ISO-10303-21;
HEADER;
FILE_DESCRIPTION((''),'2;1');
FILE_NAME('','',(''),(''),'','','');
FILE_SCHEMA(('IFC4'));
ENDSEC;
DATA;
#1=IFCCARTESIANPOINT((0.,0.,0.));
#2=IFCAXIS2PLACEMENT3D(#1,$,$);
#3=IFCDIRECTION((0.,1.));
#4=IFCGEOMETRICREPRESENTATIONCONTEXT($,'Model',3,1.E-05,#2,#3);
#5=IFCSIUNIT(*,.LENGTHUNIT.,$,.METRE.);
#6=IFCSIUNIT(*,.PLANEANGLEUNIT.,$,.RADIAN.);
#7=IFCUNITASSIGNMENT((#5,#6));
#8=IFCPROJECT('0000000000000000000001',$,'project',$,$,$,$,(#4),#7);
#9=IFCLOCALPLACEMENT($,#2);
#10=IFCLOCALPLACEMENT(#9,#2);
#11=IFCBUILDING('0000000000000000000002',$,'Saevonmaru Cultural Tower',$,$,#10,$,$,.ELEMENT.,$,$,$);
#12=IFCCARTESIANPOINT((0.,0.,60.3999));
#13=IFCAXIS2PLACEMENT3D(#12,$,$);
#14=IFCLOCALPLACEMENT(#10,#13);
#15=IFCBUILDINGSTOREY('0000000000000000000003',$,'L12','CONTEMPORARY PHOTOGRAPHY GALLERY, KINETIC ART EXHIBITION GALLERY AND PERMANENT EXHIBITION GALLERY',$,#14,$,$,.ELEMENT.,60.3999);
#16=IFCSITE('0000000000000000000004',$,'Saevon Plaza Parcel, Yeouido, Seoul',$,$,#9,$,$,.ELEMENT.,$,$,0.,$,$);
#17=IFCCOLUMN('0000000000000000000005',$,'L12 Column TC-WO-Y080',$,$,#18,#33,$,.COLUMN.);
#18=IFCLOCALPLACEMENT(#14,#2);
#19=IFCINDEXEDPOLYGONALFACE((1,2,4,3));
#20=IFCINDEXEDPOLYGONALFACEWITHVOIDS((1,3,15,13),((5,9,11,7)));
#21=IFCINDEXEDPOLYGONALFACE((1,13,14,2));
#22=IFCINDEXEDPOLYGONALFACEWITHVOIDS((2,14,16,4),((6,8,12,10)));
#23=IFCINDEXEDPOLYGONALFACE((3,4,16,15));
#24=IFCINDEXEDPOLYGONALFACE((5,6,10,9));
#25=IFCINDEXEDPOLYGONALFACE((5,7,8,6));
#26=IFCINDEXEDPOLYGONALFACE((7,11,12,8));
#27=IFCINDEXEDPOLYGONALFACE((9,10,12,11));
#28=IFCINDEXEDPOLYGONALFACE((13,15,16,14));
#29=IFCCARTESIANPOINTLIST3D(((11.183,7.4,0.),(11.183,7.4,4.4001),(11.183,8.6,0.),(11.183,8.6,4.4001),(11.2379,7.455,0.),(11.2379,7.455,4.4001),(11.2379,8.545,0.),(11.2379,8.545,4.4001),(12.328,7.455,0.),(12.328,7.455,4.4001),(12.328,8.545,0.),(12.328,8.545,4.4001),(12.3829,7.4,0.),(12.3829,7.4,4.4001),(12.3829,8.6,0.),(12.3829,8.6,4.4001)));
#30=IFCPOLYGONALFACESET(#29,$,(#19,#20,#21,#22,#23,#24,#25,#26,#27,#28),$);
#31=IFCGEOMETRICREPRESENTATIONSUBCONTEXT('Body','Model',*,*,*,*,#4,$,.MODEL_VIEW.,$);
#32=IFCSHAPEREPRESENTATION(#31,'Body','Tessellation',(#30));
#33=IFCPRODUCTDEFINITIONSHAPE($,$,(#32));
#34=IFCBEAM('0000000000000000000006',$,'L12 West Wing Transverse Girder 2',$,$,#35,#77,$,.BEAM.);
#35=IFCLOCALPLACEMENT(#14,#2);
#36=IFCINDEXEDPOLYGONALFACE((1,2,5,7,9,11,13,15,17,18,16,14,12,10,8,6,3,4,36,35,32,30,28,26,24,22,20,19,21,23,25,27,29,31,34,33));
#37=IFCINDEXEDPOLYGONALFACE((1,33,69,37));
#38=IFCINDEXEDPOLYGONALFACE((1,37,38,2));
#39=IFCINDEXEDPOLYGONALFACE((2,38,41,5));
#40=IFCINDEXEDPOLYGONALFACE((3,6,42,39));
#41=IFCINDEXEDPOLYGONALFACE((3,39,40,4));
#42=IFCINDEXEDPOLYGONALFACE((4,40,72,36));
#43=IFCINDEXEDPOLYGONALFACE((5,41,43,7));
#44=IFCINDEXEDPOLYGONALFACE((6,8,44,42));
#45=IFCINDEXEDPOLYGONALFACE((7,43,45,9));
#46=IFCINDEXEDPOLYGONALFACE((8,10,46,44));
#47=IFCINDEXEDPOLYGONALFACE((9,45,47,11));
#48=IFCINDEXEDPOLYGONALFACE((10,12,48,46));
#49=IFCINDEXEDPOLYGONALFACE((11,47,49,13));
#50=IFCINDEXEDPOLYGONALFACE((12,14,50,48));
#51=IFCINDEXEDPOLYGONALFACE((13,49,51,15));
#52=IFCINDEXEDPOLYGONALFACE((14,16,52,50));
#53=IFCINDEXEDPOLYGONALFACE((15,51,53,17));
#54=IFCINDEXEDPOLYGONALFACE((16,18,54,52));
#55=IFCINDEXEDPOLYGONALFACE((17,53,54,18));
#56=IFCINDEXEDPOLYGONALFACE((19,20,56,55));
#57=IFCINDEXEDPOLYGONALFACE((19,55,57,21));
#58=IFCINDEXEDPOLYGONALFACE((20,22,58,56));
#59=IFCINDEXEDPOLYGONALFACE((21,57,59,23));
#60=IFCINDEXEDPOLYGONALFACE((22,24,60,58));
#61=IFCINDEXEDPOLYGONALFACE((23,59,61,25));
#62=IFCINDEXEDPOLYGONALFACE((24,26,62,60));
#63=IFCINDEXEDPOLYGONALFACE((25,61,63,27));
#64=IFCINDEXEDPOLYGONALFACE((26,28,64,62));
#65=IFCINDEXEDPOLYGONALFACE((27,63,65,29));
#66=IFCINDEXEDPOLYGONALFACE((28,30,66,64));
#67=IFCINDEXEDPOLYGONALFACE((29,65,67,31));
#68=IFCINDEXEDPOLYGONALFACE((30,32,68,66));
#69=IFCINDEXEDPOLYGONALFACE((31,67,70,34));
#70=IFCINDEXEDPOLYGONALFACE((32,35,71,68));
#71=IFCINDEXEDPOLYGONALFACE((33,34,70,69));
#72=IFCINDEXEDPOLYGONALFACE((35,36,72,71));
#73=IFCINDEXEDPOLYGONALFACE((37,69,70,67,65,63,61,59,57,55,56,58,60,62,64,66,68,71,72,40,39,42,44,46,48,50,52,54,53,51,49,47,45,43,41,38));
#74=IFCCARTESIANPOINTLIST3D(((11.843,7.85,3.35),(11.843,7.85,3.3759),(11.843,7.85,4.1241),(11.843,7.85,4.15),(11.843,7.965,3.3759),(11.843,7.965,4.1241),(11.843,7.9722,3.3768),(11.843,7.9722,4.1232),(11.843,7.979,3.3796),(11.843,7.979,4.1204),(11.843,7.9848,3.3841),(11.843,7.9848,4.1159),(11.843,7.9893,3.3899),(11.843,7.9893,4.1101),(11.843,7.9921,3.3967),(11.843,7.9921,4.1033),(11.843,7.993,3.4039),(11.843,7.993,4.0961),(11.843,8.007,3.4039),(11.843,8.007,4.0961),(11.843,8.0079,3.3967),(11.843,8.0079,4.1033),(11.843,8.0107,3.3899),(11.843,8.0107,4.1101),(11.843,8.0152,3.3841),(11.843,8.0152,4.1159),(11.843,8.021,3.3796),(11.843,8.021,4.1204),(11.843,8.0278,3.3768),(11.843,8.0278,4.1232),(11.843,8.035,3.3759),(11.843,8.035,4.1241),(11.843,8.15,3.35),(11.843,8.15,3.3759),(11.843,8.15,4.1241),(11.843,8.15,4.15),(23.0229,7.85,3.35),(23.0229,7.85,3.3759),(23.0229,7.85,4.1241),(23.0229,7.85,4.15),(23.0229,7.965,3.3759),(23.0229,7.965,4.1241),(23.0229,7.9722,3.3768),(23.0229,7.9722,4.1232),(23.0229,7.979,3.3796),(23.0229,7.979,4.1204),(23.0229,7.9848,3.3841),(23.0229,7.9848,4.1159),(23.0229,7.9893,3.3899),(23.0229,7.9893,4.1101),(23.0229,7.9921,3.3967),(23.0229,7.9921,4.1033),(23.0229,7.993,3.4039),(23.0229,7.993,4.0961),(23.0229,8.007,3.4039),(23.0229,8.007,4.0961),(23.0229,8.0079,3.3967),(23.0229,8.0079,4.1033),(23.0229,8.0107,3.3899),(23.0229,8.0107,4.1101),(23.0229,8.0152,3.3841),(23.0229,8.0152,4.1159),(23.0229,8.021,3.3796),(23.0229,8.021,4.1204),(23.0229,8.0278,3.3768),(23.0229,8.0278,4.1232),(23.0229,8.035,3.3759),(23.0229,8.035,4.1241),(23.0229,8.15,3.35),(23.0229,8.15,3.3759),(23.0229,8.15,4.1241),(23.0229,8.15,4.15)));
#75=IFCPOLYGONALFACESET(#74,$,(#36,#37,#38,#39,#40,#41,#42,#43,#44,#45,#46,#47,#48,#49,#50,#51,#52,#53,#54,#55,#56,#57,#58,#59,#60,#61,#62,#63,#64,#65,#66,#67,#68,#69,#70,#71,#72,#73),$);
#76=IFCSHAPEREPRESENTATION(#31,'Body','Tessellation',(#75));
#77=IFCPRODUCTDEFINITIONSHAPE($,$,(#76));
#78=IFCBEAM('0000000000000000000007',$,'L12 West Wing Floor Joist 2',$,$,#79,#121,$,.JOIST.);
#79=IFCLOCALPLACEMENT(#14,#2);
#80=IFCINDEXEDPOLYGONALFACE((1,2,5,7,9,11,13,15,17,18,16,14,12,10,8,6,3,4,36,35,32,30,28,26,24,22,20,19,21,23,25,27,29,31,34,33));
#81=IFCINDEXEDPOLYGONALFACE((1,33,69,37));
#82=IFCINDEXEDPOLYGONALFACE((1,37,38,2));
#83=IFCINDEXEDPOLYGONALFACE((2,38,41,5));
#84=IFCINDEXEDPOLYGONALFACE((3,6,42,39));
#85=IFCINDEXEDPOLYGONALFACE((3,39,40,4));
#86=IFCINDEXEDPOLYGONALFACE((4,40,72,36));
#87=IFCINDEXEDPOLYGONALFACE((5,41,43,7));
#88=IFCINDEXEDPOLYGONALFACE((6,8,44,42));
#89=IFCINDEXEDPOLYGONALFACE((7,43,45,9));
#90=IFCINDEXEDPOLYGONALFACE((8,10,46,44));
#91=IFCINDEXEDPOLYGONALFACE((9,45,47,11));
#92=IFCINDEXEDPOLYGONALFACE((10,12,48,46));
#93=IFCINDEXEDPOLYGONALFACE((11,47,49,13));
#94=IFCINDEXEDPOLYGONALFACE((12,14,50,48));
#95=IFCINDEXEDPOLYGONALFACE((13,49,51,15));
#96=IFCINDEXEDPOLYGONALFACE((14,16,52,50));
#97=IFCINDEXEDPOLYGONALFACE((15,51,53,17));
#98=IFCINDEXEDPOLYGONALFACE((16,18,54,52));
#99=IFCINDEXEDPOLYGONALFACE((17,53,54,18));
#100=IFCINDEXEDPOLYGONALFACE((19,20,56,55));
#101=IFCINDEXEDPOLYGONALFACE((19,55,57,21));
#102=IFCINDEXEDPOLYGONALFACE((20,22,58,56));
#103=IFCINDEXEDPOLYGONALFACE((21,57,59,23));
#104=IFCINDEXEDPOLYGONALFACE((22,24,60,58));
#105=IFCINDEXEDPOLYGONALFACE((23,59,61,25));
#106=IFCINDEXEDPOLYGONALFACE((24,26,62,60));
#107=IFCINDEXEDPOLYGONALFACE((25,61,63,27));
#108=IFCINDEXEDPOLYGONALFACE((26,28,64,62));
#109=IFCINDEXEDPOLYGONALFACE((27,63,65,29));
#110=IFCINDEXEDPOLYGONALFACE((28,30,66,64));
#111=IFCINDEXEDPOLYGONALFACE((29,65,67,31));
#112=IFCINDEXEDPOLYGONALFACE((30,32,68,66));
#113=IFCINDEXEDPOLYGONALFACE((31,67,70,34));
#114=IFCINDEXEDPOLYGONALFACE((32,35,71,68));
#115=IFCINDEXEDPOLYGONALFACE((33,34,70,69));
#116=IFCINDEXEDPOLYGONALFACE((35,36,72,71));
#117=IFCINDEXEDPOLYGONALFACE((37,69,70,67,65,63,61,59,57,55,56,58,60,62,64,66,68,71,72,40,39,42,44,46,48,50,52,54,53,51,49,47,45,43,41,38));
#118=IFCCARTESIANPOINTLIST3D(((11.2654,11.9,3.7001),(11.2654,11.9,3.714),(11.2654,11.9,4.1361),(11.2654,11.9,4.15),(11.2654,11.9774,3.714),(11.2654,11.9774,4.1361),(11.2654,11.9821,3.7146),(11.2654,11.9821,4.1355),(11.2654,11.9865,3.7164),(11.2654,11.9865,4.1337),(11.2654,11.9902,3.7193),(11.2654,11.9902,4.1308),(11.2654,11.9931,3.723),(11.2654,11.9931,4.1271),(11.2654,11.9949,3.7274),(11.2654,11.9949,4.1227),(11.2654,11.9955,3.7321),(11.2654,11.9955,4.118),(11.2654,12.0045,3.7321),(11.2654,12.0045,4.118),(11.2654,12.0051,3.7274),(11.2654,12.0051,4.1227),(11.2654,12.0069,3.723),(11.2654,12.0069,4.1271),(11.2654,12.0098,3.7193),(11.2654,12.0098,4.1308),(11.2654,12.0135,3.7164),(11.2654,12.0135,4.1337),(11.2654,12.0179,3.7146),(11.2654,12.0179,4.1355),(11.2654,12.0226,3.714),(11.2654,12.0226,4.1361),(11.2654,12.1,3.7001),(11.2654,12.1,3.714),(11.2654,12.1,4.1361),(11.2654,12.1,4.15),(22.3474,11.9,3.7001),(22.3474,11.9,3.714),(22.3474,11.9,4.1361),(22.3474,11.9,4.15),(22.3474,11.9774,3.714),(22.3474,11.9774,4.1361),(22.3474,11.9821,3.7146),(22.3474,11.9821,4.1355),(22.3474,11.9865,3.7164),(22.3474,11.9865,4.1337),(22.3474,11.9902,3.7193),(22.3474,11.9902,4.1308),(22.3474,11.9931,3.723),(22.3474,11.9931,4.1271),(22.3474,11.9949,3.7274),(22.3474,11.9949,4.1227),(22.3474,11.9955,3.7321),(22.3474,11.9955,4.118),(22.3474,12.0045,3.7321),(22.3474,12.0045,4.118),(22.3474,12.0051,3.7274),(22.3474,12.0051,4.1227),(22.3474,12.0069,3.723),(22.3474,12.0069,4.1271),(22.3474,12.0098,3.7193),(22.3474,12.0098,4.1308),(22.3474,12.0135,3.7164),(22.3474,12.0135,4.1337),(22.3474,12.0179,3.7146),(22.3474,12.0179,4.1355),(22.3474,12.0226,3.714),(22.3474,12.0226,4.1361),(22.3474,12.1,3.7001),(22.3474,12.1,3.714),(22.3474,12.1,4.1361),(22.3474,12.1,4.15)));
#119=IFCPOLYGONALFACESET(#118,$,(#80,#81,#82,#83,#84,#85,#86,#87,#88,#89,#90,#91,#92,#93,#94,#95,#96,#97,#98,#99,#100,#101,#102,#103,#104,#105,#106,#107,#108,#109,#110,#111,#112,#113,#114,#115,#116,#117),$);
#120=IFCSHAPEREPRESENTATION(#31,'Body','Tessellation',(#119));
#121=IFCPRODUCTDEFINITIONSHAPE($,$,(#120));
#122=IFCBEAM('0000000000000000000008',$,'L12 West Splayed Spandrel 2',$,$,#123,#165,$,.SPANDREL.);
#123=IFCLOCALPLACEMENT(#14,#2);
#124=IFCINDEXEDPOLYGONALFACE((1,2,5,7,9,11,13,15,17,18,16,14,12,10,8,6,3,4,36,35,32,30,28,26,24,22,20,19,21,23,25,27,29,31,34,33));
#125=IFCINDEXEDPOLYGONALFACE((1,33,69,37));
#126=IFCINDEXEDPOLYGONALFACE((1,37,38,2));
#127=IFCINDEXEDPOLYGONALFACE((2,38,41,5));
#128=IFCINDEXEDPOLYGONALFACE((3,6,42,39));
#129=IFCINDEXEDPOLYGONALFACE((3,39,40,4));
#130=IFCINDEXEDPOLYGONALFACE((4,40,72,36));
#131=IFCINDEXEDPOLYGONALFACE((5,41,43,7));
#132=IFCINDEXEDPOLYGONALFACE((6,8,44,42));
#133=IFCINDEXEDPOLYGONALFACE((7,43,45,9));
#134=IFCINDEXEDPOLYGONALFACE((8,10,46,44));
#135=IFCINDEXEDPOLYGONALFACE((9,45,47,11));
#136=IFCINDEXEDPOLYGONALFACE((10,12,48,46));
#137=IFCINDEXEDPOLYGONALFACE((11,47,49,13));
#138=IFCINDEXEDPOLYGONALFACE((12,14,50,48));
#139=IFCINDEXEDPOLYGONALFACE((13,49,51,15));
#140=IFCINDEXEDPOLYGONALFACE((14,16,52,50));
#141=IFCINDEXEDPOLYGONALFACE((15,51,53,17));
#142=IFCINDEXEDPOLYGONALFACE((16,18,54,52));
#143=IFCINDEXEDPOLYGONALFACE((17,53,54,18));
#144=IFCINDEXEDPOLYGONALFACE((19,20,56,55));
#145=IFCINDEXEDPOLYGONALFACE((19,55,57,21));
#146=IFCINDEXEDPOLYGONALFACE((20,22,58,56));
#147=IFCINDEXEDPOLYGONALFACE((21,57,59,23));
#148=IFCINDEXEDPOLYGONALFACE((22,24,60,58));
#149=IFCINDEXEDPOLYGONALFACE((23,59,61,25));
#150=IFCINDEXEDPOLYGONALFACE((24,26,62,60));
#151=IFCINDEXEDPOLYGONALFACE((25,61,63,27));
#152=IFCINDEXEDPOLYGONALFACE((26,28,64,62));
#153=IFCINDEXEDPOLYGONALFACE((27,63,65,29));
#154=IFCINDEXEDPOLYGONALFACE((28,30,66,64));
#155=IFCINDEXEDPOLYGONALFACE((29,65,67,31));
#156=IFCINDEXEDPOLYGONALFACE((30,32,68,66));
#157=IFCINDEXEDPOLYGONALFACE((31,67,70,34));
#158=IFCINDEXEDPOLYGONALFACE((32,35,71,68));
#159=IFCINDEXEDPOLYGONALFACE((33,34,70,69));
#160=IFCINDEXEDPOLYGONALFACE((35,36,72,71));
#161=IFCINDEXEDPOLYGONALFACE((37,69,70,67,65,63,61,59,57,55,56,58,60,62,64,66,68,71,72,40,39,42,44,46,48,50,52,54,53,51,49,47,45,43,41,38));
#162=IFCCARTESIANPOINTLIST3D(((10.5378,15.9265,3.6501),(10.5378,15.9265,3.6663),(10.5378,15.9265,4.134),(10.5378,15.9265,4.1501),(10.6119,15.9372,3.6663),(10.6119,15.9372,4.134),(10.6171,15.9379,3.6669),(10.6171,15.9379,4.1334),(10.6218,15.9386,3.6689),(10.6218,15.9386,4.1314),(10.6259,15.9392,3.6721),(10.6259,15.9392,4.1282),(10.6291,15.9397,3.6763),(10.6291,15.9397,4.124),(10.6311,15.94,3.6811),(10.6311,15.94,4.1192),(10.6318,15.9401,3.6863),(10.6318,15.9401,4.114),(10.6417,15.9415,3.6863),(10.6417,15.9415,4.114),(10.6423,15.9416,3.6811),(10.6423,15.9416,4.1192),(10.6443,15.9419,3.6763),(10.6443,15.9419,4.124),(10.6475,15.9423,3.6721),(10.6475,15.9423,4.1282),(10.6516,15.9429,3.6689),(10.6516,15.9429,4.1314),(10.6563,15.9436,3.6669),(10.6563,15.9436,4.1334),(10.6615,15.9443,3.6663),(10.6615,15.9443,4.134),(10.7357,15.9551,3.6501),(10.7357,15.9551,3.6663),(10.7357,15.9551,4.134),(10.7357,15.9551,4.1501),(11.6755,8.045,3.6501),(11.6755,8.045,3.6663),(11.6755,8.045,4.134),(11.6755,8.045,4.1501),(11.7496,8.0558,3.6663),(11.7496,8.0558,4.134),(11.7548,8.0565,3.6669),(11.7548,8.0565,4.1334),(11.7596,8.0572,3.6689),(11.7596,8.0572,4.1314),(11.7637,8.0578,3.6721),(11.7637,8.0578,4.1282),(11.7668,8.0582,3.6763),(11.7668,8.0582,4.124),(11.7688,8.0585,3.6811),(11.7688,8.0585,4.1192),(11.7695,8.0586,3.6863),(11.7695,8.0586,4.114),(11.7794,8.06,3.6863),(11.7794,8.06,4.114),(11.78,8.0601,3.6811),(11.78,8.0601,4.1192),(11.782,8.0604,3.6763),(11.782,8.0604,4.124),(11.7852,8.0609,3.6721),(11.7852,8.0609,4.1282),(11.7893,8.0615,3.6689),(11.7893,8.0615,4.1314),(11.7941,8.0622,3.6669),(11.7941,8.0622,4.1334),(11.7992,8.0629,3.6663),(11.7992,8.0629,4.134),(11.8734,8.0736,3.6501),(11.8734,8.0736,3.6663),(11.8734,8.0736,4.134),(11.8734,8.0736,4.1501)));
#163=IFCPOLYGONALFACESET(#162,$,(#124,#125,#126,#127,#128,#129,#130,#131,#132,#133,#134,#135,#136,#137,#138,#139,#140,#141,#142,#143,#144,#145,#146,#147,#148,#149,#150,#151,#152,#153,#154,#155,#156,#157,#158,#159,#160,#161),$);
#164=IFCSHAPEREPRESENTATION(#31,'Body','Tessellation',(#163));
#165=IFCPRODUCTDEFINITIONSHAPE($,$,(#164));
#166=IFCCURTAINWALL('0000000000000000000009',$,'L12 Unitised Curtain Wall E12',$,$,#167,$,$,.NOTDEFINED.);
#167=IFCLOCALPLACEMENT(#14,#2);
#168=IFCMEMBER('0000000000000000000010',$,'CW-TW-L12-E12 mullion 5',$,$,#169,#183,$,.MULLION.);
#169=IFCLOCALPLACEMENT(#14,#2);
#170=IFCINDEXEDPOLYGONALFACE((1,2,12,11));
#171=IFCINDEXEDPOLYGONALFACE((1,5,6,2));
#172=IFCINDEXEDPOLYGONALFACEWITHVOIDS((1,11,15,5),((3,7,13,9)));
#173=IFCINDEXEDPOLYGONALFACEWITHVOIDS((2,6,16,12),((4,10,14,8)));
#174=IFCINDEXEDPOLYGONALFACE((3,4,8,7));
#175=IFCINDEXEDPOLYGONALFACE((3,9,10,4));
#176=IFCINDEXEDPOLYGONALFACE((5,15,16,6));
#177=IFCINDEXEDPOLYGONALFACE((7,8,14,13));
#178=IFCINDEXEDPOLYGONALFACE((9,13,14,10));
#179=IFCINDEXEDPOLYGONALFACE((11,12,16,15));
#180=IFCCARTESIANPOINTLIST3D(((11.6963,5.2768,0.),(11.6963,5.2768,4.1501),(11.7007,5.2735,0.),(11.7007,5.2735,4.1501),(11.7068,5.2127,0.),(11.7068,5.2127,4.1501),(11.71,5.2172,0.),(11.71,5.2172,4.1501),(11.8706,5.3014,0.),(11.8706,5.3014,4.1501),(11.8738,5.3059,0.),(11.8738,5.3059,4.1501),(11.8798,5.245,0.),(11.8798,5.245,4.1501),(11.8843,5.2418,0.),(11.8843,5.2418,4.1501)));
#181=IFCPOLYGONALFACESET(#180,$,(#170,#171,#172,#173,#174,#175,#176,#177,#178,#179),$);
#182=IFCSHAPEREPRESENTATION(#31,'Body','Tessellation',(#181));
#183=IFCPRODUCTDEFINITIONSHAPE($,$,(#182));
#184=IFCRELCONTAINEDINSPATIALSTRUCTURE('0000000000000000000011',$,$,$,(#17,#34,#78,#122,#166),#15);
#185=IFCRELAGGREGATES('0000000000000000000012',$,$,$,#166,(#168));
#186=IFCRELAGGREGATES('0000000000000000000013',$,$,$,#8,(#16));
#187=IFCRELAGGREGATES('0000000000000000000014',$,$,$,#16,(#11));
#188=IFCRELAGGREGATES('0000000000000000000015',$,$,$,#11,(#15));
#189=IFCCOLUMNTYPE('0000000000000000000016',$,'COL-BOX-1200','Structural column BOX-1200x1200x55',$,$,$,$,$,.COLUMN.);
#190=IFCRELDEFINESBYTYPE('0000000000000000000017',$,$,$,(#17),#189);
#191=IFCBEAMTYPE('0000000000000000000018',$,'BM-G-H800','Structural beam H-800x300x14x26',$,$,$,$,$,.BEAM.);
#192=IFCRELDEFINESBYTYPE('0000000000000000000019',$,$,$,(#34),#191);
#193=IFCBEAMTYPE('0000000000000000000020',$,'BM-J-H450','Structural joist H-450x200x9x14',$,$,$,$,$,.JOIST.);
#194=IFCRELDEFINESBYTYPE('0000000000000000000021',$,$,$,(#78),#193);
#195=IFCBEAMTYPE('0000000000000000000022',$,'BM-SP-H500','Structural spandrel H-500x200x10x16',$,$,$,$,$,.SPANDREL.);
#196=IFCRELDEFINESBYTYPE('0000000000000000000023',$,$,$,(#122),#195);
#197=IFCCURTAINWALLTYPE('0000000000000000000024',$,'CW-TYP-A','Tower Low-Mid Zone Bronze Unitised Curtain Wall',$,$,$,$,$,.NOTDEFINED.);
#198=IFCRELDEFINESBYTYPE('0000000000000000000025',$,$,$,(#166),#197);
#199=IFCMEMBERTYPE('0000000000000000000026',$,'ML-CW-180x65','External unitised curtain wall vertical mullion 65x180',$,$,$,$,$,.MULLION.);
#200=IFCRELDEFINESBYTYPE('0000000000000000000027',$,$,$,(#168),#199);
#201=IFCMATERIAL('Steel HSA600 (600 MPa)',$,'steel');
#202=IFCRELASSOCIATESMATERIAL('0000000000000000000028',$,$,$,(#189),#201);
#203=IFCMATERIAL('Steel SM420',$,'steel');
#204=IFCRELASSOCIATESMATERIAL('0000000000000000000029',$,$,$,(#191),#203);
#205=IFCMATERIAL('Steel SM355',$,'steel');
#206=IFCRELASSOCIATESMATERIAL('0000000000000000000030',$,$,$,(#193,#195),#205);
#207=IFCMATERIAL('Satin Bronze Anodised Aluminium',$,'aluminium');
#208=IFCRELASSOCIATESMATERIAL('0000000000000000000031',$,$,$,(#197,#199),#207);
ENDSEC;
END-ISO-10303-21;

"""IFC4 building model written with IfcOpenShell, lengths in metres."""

from ifc_helpers import new_model, si_unit, direction, frame, origin, origin_2d, place, context, subcontext, project, spatial, hollow_rectangle, i_section, extrude, material, material_profile, profile_set, type_object, element, aggregate, save


model = new_model("IFC4")

# Units and contexts
model_context = context("Model", 3, precision=1e-05, world=origin(), true_north=direction((0.0, 1.0)))
body_context = subcontext(model_context, "Body", "Model", "MODEL_VIEW")
ifc_project = project(units=[si_unit("LENGTHUNIT", "METRE"), si_unit("PLANEANGLEUNIT", "RADIAN")], contexts=[model_context])

# Site, building, storey
site_placement = place(None, origin())
site = spatial("IfcSite", under=ifc_project, at=site_placement, Name="Saevon Plaza Parcel, Yeouido, Seoul", CompositionType="ELEMENT", RefElevation=0.0)
building_placement = place(site_placement, origin())
building = spatial("IfcBuilding", under=site, at=building_placement, Name="Saevonmaru Cultural Tower", CompositionType="ELEMENT")
storey_placement = place(building_placement, frame((0.0, 0.0, 60.3999)))
storey = spatial("IfcBuildingStorey", under=building, at=storey_placement, Name="L12", Description="CONTEMPORARY PHOTOGRAPHY GALLERY, KINETIC ART EXHIBITION GALLERY AND PERMANENT EXHIBITION GALLERY", CompositionType="ELEMENT", Elevation=60.3999)

# Column
ifc_material_1 = material(Name="Steel HSA600 (600 MPa)", Category="steel")
ifc_material_profile_1 = material_profile(ifc_material_1, hollow_rectangle(XDim=1.2, YDim=1.2, WallThickness=0.0549, at=origin_2d()), Name="BOX-1200x1200x55")
ifc_profile_set_1 = profile_set([ifc_material_profile_1], Name="Steel HSA600 (600 MPa)")
column_type = type_object("IfcColumnType", Name="COL-BOX-1200", Description="Structural column BOX-1200x1200x55", PredefinedType="COLUMN", material=ifc_profile_set_1)
column_placement = place(storey_placement, frame((11.783, 8.0, 0.0), z_axis=(0.0, 0.0, 1.0), x_axis=(1.0, 0.0, 0.0)))
element("IfcColumn", 1, at=column_placement, inside=storey, type_object=column_type, Name="L12 Column TC-WO-Y080", PredefinedType="COLUMN", context=body_context, shape_type="SweptSolid", body=[
    extrude(hollow_rectangle(XDim=1.2, YDim=1.2, WallThickness=0.0549, at=origin_2d()), origin(), (0.0, 0.0, 1.0), 4.4001),
])

# Beams
ifc_material_2 = material(Name="Steel SM420", Category="steel")
ifc_material_profile_2 = material_profile(ifc_material_2, i_section(OverallWidth=0.3, OverallDepth=0.8, WebThickness=0.0139, FlangeThickness=0.0259, FilletRadius=0.0281, at=origin_2d()), Name="H-800x300x14x26")
ifc_profile_set_2 = profile_set([ifc_material_profile_2], Name="Steel SM420")
beam_type_1 = type_object("IfcBeamType", Name="BM-G-H800", Description="Structural beam H-800x300x14x26", PredefinedType="BEAM", material=ifc_profile_set_2)
beam_1_placement = place(storey_placement, frame((11.843, 8.0, 3.75), z_axis=(1.0, 0.0, 0.0), x_axis=(0.0, 1.0, 0.0)))
element("IfcBeam", 2, at=beam_1_placement, inside=storey, type_object=beam_type_1, Name="L12 West Wing Transverse Girder 2", PredefinedType="BEAM", context=body_context, shape_type="SweptSolid", body=[
    extrude(i_section(OverallWidth=0.3, OverallDepth=0.8, WebThickness=0.0139, FlangeThickness=0.0259, FilletRadius=0.0281, at=origin_2d()), origin(), (0.0, 0.0, 1.0), 11.1799),
])
ifc_material_3 = material(Name="Steel SM355", Category="steel")
ifc_material_profile_3 = material_profile(ifc_material_3, i_section(OverallWidth=0.2, OverallDepth=0.45, WebThickness=0.009, FlangeThickness=0.0139, FilletRadius=0.0181, at=origin_2d()), Name="H-450x200x9x14")
ifc_profile_set_3 = profile_set([ifc_material_profile_3], Name="Steel SM355")
beam_type_2 = type_object("IfcBeamType", Name="BM-J-H450", Description="Structural joist H-450x200x9x14", PredefinedType="JOIST", material=ifc_profile_set_3)
beam_2_placement = place(storey_placement, frame((11.2654, 12.0, 3.925), z_axis=(1.0, 0.0, 0.0), x_axis=(0.0, 1.0, 0.0)))
element("IfcBeam", 3, at=beam_2_placement, inside=storey, type_object=beam_type_2, Name="L12 West Wing Floor Joist 2", PredefinedType="JOIST", context=body_context, shape_type="SweptSolid", body=[
    extrude(i_section(OverallWidth=0.2, OverallDepth=0.45, WebThickness=0.009, FlangeThickness=0.0139, FilletRadius=0.0181, at=origin_2d()), origin(), (0.0, 0.0, 1.0), 11.082),
])
ifc_material_profile_4 = material_profile(ifc_material_3, i_section(OverallWidth=0.2, OverallDepth=0.5, WebThickness=0.01, FlangeThickness=0.0161, FilletRadius=0.02, at=origin_2d()), Name="H-500x200x10x16")
ifc_profile_set_4 = profile_set([ifc_material_profile_4], Name="Steel SM355")
beam_type_3 = type_object("IfcBeamType", Name="BM-SP-H500", Description="Structural spandrel H-500x200x10x16", PredefinedType="SPANDREL", material=ifc_profile_set_4)
beam_3_placement = place(storey_placement, frame((11.7744, 8.0593, 3.9001), z_axis=(-0.142872, 0.989741, 0.0), x_axis=(-0.989741, -0.142872, 0.0)))
element("IfcBeam", 4, at=beam_3_placement, inside=storey, type_object=beam_type_3, Name="L12 West Splayed Spandrel 2", PredefinedType="SPANDREL", context=body_context, shape_type="SweptSolid", body=[
    extrude(i_section(OverallWidth=0.2, OverallDepth=0.5, WebThickness=0.01, FlangeThickness=0.0161, FilletRadius=0.02, at=origin_2d()), origin(), (0.0, 0.0, 1.0), 7.9631),
])

# Curtain wall, member
ifc_material_4 = material(Name="Satin Bronze Anodised Aluminium", Category="aluminium")
curtain_wall_type = type_object("IfcCurtainWallType", Name="CW-TYP-A", Description="Tower Low-Mid Zone Bronze Unitised Curtain Wall", PredefinedType="NOTDEFINED", material=ifc_material_4)
curtain_wall_placement = place(storey_placement, origin())
curtain_wall = element("IfcCurtainWall", 5, at=curtain_wall_placement, inside=storey, type_object=curtain_wall_type, Name="L12 Unitised Curtain Wall E12", PredefinedType="NOTDEFINED")
ifc_material_profile_5 = material_profile(ifc_material_4, hollow_rectangle(XDim=0.0649, YDim=0.1799, WallThickness=0.0039, at=origin_2d()), Name="ALU-MULL-180x65x4")
ifc_profile_set_5 = profile_set([ifc_material_profile_5], Name="Satin Bronze Anodised Aluminium")
member_type = type_object("IfcMemberType", Name="ML-CW-180x65", Description="External unitised curtain wall vertical mullion 65x180", PredefinedType="MULLION", material=ifc_profile_set_5)
member_placement = place(storey_placement, frame((11.7903, 5.2593, 0.0), z_axis=(0.0, 0.0, 1.0), x_axis=(0.161709, -0.986839, 0.0)))
member = element("IfcMember", 6, at=member_placement, type_object=member_type, Name="CW-TW-L12-E12 mullion 5", PredefinedType="MULLION", context=body_context, shape_type="SweptSolid", body=[
    extrude(hollow_rectangle(XDim=0.0649, YDim=0.1799, WallThickness=0.0039, at=origin_2d()), origin(), (0.0, 0.0, 1.0), 4.1501),
])
aggregate(curtain_wall, [member])

save(model, "model.ifc")
